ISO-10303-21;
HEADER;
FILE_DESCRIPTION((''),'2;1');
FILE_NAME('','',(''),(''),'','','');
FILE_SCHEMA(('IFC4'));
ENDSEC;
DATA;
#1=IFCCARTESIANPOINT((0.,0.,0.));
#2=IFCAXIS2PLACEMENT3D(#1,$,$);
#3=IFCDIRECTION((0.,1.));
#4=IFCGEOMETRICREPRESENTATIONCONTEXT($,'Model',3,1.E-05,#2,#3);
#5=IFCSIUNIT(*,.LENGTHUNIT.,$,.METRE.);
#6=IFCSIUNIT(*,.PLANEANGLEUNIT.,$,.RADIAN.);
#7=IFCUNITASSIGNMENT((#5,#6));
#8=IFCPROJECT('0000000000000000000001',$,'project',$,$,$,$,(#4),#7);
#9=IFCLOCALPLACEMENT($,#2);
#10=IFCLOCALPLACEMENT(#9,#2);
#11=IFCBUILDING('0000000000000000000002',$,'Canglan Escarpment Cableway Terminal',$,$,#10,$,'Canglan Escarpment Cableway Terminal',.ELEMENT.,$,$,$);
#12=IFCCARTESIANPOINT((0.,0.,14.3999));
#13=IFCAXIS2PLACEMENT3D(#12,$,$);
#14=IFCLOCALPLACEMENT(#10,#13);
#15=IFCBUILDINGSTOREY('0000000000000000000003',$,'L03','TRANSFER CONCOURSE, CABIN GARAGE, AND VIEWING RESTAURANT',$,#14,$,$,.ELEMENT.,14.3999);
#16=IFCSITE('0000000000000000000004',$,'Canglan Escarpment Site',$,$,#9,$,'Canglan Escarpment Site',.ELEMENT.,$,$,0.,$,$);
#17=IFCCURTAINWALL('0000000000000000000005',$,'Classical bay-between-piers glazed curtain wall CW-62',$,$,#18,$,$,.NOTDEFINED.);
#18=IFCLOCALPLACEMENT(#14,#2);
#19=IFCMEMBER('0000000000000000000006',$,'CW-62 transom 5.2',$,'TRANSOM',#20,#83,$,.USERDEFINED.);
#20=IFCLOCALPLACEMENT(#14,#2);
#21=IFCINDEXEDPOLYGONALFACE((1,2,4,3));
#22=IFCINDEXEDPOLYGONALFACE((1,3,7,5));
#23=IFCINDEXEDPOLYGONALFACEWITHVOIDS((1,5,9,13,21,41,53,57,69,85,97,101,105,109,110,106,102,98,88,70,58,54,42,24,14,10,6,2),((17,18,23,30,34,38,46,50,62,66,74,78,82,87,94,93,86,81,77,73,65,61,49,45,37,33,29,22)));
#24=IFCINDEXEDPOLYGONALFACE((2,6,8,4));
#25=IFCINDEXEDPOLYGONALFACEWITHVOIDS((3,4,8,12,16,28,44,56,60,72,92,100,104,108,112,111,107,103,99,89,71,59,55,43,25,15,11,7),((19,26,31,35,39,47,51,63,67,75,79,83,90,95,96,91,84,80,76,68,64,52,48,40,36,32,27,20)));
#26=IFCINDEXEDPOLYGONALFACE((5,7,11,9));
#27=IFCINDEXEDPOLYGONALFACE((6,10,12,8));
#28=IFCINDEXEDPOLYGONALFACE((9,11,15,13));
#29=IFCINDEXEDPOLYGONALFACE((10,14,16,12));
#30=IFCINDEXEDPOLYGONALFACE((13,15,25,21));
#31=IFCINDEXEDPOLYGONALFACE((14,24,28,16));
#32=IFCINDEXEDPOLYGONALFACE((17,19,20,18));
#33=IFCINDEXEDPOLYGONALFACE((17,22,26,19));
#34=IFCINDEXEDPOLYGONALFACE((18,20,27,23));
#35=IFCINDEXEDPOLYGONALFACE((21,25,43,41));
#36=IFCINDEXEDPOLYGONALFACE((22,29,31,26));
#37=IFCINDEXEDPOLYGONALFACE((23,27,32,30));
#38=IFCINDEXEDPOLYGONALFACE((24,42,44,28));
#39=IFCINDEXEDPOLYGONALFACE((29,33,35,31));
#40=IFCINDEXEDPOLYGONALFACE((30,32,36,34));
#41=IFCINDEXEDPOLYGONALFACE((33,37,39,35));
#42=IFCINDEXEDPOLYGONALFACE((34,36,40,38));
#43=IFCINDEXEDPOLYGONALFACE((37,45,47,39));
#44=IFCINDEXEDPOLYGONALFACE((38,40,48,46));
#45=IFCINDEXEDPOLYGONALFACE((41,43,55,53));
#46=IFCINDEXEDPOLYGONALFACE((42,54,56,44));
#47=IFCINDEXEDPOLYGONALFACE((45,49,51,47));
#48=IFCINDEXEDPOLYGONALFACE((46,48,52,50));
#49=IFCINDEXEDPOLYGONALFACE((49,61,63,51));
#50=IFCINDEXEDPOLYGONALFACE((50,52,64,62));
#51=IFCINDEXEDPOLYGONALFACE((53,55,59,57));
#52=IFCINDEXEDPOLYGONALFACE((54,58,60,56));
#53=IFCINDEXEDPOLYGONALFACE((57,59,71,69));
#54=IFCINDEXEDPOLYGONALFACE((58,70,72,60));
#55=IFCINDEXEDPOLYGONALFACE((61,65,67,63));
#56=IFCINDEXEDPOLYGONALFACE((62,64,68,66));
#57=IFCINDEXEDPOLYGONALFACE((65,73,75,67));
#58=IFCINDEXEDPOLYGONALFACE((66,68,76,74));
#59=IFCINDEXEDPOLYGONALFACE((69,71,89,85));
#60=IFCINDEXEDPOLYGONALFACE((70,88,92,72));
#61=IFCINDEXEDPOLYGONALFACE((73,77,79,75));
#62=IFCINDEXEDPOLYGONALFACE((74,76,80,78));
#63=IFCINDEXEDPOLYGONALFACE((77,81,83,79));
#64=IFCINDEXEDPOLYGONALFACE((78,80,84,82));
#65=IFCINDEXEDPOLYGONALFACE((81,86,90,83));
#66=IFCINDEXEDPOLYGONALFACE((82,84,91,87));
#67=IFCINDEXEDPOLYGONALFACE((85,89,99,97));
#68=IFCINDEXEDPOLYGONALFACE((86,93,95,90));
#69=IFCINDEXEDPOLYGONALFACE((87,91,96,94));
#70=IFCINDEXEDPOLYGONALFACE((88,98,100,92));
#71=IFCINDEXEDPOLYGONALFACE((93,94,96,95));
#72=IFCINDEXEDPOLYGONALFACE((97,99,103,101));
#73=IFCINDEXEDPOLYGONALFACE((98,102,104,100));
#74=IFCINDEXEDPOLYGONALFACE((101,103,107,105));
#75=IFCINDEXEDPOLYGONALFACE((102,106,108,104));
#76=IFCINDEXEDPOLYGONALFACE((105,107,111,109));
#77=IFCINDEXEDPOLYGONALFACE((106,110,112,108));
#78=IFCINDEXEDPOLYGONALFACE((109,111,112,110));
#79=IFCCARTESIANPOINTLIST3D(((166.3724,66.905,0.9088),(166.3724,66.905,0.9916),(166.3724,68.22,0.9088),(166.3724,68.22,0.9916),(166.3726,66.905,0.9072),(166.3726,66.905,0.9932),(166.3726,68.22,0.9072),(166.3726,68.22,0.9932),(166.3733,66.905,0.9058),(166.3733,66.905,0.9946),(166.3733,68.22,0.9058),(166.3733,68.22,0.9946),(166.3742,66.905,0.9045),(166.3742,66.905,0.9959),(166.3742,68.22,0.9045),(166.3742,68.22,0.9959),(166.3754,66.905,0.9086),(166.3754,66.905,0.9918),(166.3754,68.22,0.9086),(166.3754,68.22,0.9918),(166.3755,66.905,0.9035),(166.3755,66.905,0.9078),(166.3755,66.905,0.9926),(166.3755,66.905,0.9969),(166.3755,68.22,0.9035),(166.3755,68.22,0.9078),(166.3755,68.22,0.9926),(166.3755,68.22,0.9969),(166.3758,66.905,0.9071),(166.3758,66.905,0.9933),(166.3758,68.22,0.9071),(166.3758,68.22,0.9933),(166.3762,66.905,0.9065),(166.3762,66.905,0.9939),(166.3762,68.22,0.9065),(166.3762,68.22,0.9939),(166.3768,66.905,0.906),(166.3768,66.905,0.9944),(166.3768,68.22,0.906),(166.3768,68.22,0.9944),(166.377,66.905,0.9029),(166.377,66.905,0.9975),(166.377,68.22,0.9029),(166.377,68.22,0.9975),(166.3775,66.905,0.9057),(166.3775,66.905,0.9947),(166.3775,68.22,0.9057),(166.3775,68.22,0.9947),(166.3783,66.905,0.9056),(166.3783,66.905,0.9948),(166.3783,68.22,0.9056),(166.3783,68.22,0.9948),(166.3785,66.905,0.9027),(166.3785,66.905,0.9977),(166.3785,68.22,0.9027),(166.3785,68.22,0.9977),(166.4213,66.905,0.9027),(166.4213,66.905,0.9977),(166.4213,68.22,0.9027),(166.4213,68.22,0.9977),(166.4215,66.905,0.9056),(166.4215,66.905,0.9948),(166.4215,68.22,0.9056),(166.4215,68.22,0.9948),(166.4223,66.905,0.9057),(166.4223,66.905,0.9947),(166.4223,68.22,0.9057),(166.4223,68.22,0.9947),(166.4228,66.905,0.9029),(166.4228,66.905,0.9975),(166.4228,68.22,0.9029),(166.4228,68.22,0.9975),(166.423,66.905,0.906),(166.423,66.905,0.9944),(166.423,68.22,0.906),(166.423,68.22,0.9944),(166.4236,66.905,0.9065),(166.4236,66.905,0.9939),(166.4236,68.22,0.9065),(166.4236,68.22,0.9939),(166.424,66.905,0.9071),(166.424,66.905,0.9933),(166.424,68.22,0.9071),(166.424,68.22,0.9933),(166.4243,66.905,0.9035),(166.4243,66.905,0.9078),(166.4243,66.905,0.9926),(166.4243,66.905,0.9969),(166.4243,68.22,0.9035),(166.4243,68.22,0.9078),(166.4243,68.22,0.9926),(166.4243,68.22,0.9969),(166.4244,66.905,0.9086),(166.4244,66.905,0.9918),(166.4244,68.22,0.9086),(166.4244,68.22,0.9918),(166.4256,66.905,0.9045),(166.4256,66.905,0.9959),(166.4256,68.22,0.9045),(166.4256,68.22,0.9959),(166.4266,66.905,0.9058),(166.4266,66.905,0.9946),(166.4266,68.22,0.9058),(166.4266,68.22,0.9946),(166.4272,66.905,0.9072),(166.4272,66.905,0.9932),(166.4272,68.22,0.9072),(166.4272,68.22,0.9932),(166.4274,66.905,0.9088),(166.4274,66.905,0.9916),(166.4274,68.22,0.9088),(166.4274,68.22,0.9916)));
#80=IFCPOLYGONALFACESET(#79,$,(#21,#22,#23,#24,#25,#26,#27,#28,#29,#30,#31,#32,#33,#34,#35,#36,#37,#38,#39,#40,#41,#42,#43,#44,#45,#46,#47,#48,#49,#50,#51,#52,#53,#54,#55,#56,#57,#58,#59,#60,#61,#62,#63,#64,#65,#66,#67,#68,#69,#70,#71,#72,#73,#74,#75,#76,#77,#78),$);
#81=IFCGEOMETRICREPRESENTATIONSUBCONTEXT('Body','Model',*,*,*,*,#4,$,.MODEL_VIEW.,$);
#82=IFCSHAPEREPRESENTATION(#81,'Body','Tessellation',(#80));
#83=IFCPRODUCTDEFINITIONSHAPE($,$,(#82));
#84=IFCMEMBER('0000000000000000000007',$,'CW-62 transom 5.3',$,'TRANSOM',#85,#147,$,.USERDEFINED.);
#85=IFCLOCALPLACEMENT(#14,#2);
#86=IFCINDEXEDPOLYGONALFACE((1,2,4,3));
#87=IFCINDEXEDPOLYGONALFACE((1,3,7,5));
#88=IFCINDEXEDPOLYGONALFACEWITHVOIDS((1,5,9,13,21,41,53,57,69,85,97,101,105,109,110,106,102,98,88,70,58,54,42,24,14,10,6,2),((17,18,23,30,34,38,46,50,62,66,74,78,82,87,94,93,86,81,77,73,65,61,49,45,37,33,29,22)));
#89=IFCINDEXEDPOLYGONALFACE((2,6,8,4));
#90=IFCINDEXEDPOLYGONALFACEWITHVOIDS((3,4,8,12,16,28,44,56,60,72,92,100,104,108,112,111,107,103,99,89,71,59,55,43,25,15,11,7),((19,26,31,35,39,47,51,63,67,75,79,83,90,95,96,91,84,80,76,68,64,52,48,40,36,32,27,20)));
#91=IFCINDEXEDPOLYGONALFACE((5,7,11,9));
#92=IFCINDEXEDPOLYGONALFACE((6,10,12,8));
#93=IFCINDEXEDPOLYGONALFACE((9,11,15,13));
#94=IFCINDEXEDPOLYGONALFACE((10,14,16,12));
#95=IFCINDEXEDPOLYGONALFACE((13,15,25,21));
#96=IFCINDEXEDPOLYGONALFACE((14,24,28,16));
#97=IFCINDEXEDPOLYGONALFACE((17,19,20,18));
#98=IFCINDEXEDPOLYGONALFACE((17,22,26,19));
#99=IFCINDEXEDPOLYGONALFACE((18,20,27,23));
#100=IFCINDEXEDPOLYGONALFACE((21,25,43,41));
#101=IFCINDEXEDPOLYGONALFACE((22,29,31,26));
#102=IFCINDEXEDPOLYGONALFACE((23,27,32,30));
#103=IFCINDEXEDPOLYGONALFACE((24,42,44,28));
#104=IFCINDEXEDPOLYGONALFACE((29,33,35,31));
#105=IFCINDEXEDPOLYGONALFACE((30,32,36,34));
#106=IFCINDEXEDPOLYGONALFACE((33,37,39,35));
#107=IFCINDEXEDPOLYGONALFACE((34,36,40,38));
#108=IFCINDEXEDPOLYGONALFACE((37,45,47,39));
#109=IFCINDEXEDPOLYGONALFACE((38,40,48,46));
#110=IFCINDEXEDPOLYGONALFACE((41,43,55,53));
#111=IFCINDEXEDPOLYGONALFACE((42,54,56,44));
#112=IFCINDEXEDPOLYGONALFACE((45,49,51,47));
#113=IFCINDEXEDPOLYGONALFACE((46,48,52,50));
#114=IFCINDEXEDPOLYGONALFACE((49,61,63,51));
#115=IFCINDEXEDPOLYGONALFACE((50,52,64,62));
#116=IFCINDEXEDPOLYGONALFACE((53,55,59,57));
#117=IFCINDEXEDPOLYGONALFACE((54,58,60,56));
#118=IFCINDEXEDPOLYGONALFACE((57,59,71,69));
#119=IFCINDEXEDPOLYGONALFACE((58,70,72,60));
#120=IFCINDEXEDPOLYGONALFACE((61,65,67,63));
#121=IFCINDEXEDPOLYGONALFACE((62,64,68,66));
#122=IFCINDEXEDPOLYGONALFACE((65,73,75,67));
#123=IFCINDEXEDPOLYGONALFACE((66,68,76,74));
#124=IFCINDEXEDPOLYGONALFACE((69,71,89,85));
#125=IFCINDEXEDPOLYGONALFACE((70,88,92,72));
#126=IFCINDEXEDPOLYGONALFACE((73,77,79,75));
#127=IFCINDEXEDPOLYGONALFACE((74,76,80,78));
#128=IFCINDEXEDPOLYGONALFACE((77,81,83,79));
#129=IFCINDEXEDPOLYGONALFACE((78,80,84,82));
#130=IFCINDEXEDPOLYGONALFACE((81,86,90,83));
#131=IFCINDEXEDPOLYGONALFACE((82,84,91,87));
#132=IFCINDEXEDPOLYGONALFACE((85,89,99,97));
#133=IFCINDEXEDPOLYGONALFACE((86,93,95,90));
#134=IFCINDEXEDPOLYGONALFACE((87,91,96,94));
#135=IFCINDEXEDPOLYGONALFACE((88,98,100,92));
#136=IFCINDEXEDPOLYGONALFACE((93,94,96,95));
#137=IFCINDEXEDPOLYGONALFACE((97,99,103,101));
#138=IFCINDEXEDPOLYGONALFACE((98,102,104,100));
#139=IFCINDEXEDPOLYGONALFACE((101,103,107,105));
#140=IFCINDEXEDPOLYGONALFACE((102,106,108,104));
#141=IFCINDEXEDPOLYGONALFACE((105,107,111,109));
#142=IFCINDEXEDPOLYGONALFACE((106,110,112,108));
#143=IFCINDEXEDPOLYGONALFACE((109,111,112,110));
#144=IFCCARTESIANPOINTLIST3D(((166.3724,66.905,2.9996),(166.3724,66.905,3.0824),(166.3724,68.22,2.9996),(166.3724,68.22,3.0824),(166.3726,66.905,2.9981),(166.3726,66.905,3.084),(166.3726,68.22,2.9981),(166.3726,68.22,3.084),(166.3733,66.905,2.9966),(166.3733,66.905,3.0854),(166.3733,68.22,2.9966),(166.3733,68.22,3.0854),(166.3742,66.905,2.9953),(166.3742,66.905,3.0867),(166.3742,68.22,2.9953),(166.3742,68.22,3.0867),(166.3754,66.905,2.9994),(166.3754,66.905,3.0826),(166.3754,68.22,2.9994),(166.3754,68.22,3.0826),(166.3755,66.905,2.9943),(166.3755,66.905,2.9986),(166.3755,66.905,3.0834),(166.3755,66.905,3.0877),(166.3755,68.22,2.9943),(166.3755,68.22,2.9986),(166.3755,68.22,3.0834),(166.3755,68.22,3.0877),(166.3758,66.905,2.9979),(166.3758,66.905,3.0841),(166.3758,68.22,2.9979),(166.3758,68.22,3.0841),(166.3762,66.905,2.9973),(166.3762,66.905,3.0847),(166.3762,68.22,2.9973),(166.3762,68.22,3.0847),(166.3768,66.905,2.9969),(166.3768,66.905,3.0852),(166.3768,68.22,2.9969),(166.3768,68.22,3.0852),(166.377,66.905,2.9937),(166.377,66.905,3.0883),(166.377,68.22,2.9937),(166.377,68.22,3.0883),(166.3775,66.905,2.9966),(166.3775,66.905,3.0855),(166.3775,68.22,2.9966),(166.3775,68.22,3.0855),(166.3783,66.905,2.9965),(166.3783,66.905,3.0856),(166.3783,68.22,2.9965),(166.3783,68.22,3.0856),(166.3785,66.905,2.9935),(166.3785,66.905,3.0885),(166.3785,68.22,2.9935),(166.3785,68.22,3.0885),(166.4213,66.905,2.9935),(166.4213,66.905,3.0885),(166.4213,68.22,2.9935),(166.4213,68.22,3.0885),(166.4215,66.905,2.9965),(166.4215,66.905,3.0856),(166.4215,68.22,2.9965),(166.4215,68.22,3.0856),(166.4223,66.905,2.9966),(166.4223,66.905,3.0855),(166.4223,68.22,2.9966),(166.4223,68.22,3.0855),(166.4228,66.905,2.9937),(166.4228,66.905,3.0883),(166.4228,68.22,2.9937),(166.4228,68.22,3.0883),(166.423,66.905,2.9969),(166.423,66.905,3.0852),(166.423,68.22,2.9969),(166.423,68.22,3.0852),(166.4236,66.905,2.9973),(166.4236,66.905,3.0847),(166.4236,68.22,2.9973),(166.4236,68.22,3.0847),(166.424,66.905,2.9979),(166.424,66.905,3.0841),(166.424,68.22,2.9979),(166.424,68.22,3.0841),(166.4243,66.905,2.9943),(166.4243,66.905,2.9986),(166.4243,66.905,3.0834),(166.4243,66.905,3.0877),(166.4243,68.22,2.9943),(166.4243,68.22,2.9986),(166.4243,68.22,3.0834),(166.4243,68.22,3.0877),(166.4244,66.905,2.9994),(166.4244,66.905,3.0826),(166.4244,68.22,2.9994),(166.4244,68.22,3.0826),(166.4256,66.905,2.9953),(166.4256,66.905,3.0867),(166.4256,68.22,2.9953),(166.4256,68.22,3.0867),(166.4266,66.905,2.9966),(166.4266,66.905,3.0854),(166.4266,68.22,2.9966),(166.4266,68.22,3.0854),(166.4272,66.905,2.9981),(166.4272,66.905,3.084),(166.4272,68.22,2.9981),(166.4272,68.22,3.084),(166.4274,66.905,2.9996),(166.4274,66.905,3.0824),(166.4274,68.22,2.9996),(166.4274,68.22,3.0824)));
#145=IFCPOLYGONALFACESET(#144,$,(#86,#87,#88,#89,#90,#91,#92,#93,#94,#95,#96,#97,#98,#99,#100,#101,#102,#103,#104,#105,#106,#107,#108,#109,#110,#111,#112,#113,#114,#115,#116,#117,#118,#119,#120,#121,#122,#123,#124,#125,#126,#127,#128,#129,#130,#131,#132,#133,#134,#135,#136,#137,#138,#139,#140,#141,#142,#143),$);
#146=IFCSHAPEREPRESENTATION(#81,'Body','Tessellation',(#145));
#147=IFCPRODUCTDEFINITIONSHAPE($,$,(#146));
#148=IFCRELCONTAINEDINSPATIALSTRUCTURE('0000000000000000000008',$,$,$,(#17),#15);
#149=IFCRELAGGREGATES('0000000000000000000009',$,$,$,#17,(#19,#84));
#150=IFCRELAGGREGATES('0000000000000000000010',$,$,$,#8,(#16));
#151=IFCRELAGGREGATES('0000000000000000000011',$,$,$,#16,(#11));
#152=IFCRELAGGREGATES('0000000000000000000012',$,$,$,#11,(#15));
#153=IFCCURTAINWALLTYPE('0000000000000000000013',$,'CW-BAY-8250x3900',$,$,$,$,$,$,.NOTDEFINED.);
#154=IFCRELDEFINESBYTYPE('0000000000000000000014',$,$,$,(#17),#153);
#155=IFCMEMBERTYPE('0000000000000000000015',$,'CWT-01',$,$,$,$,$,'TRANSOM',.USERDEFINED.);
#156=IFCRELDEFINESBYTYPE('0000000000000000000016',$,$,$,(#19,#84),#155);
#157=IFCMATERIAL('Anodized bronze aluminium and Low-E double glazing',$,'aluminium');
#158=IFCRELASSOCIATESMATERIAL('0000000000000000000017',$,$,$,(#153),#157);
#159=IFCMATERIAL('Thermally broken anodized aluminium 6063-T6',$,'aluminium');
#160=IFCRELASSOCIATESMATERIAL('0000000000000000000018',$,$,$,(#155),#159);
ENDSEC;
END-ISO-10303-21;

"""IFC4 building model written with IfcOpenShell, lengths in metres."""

from ifc_helpers import new_model, si_unit, direction, frame, origin, origin_2d, place, context, subcontext, project, spatial, hollow_rectangle, extrude, material, material_profile, profile_set, type_object, element, aggregate, save


model = new_model("IFC4")

# Units and contexts
model_context = context("Model", 3, precision=1e-05, world=origin(), true_north=direction((0.0, 1.0)))
body_context = subcontext(model_context, "Body", "Model", "MODEL_VIEW")
ifc_project = project(units=[si_unit("LENGTHUNIT", "METRE"), si_unit("PLANEANGLEUNIT", "RADIAN")], contexts=[model_context])

# Site, building, storey
site_placement = place(None, origin())
site = spatial("IfcSite", under=ifc_project, at=site_placement, Name="Canglan Escarpment Site", LongName="Canglan Escarpment Site", CompositionType="ELEMENT", RefElevation=0.0)
building_placement = place(site_placement, origin())
building = spatial("IfcBuilding", under=site, at=building_placement, Name="Canglan Escarpment Cableway Terminal", LongName="Canglan Escarpment Cableway Terminal", CompositionType="ELEMENT")
storey_placement = place(building_placement, frame((0.0, 0.0, 14.3999)))
storey = spatial("IfcBuildingStorey", under=building, at=storey_placement, Name="L03", Description="TRANSFER CONCOURSE, CABIN GARAGE, AND VIEWING RESTAURANT", CompositionType="ELEMENT", Elevation=14.3999)

# Curtain wall, members
ifc_material_1 = material(Name="Anodized bronze aluminium and Low-E double glazing", Category="aluminium")
curtain_wall_type = type_object("IfcCurtainWallType", Name="CW-BAY-8250x3900", PredefinedType="NOTDEFINED", material=ifc_material_1)
curtain_wall_placement = place(storey_placement, origin())
curtain_wall = element("IfcCurtainWall", 1, at=curtain_wall_placement, inside=storey, type_object=curtain_wall_type, Name="Classical bay-between-piers glazed curtain wall CW-62", PredefinedType="NOTDEFINED")
ifc_material_2 = material(Name="Thermally broken anodized aluminium 6063-T6", Category="aluminium")
ifc_material_profile_1 = material_profile(ifc_material_2, hollow_rectangle(XDim=0.0549, YDim=0.095, WallThickness=0.0029, InnerFilletRadius=0.0029, OuterFilletRadius=0.0061, at=origin_2d()), Name="ALU-TRAN 55x95x3")
ifc_profile_set_1 = profile_set([ifc_material_profile_1], Name="Thermally broken anodized aluminium 6063-T6")
member_type_1 = type_object("IfcMemberType", Name="CWT-01", ElementType="TRANSOM", PredefinedType="USERDEFINED", material=ifc_profile_set_1)
member_1_placement = place(storey_placement, frame((166.3999, 66.905, 0.9502), z_axis=(0.0, 1.0, 0.0), x_axis=(-1.0, 0.0, 0.0)))
member_1 = element("IfcMember", 2, at=member_1_placement, type_object=member_type_1, Name="CW-62 transom 5.2", ObjectType="TRANSOM", PredefinedType="USERDEFINED", context=body_context, shape_type="SweptSolid", body=[
    extrude(hollow_rectangle(XDim=0.0549, YDim=0.095, WallThickness=0.0029, InnerFilletRadius=0.0029, OuterFilletRadius=0.0061, at=origin_2d()), origin(), (0.0, 0.0, 1.0), 1.3149),
])
member_2_placement = place(storey_placement, frame((166.3999, 66.905, 3.041), z_axis=(0.0, 1.0, 0.0), x_axis=(-1.0, 0.0, 0.0)))
member_2 = element("IfcMember", 3, at=member_2_placement, type_object=member_type_1, Name="CW-62 transom 5.3", ObjectType="TRANSOM", PredefinedType="USERDEFINED", context=body_context, shape_type="SweptSolid", body=[
    extrude(hollow_rectangle(XDim=0.0549, YDim=0.095, WallThickness=0.0029, InnerFilletRadius=0.0029, OuterFilletRadius=0.0061, at=origin_2d()), origin(), (0.0, 0.0, 1.0), 1.3149),
])
aggregate(curtain_wall, [member_1, member_2])

save(model, "model.ifc")
